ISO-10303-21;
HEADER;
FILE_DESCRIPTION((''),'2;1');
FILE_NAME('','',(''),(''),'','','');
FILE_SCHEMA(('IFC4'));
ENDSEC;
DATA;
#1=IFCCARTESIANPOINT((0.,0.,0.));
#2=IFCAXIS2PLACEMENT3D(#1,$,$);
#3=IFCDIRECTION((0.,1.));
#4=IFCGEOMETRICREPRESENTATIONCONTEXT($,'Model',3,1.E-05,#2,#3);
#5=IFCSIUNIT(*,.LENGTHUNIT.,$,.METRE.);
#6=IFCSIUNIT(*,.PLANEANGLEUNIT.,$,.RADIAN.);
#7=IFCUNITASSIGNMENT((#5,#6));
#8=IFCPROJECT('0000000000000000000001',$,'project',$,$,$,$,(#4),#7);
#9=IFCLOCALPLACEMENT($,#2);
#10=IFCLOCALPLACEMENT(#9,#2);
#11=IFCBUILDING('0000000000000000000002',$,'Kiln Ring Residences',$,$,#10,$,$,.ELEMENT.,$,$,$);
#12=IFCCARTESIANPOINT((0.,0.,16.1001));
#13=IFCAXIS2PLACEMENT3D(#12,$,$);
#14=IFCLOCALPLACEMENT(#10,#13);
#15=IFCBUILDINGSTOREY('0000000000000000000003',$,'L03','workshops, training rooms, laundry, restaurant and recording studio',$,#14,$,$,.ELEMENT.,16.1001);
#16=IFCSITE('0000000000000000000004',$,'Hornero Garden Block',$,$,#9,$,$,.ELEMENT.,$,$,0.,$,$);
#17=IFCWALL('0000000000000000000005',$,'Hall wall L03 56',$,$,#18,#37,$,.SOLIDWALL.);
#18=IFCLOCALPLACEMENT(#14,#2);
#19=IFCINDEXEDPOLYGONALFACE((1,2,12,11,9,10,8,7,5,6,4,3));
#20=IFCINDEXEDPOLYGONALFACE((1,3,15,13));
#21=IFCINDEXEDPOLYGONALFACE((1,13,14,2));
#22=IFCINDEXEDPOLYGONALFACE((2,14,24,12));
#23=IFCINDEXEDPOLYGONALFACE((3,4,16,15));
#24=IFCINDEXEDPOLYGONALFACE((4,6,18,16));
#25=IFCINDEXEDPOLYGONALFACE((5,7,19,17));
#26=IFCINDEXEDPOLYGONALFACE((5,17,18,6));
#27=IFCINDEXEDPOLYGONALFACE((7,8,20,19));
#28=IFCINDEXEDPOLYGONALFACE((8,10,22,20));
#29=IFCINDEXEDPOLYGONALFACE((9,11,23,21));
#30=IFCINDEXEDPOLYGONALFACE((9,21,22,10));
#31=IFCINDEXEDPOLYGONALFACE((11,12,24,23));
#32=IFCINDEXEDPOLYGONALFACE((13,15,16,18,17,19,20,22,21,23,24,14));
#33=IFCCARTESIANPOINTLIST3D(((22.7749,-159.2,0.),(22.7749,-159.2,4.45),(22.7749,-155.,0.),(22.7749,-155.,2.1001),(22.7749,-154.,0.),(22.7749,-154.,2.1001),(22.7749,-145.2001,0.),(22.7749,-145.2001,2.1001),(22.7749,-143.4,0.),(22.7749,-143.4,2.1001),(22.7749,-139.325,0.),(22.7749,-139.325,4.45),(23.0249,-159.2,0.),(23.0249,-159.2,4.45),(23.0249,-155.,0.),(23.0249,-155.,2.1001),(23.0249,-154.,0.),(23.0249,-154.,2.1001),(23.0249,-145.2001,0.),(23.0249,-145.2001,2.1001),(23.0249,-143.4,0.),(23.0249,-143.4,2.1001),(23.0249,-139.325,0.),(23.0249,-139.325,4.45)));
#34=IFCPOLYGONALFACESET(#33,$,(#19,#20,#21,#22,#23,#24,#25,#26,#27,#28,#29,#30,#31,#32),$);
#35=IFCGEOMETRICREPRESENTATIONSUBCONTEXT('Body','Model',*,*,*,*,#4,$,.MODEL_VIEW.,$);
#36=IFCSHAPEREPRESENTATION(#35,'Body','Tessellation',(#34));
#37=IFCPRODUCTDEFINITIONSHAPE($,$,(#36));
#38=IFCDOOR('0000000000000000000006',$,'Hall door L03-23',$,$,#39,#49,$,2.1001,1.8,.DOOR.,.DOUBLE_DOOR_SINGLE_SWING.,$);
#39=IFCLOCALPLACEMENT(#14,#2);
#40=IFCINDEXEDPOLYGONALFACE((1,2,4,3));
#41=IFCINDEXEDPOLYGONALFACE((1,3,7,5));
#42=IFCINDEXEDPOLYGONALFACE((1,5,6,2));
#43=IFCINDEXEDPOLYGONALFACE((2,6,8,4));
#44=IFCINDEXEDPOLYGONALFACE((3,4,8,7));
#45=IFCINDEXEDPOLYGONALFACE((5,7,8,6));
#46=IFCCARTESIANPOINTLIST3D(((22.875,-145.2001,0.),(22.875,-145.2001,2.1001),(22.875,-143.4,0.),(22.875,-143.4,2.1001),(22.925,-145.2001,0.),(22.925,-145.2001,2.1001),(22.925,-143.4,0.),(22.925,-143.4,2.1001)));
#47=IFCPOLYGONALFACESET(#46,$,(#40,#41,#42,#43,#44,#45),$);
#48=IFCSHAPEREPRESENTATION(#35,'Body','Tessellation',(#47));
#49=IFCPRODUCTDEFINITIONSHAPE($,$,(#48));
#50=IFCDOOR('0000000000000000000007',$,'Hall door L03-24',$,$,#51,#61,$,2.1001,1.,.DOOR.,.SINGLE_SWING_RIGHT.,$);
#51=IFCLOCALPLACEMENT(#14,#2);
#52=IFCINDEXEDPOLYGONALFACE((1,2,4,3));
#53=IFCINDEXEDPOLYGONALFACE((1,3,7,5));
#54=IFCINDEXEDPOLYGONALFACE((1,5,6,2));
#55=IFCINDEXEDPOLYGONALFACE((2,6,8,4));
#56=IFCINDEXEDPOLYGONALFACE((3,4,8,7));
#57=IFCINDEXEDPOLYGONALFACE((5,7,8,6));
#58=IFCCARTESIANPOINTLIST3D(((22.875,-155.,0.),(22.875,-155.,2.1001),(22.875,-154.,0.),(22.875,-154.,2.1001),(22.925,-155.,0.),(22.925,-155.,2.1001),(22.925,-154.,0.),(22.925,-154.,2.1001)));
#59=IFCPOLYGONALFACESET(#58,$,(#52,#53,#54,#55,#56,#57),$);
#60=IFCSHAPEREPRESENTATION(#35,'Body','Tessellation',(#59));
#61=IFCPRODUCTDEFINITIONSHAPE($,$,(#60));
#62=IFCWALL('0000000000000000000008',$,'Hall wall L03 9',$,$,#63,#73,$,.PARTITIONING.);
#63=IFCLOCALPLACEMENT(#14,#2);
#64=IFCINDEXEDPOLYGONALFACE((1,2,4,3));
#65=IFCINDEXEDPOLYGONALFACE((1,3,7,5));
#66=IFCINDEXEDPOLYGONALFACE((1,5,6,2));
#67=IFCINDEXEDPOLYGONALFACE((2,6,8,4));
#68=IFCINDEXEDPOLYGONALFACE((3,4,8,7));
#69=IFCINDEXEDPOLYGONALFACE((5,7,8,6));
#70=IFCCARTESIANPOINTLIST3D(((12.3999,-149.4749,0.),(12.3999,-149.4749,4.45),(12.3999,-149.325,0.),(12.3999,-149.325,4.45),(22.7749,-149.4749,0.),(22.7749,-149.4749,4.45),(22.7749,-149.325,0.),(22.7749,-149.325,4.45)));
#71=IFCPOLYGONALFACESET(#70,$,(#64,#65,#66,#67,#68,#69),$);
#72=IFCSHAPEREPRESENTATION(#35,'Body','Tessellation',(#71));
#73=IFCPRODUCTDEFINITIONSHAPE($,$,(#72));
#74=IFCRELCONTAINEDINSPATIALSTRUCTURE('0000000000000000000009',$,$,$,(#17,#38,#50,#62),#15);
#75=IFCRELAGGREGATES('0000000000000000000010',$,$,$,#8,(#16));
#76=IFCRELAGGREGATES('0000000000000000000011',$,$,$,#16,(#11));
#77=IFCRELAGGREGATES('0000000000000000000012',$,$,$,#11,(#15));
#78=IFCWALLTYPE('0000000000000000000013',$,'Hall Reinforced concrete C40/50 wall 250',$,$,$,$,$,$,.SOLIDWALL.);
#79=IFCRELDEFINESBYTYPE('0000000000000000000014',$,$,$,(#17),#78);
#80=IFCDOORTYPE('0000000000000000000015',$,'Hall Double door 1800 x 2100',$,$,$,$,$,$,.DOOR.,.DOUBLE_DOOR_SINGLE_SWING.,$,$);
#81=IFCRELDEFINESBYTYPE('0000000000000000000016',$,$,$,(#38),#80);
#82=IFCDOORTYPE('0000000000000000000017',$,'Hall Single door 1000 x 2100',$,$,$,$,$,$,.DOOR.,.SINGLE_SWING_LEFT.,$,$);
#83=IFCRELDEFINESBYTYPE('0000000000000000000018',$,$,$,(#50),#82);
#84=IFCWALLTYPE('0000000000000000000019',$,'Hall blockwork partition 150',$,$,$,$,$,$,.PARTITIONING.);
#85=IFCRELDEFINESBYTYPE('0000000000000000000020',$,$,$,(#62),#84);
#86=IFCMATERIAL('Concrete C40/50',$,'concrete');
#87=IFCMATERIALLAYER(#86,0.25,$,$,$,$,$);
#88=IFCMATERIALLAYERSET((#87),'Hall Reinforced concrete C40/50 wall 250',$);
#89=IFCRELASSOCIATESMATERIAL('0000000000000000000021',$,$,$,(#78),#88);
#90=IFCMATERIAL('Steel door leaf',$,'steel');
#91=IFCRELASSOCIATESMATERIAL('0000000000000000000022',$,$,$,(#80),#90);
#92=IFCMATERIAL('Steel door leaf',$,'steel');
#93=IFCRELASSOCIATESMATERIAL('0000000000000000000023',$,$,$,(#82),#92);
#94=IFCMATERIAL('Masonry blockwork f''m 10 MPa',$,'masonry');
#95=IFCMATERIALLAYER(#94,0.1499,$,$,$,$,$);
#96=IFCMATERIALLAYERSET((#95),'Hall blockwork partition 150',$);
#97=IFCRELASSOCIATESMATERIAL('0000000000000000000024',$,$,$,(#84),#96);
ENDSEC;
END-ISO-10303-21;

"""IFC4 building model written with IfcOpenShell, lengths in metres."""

from ifc_helpers import new_model, si_unit, direction, frame, frame_2d, origin, place, context, subcontext, project, spatial, rectangle, extrude, material, layer, layer_set, type_object, element, fill, save


model = new_model("IFC4")

# Units and contexts
model_context = context("Model", 3, precision=1e-05, world=origin(), true_north=direction((0.0, 1.0)))
body_context = subcontext(model_context, "Body", "Model", "MODEL_VIEW")
ifc_project = project(units=[si_unit("LENGTHUNIT", "METRE"), si_unit("PLANEANGLEUNIT", "RADIAN")], contexts=[model_context])

# Site, building, storey
site_placement = place(None, origin())
site = spatial("IfcSite", under=ifc_project, at=site_placement, Name="Hornero Garden Block", CompositionType="ELEMENT", RefElevation=0.0)
building_placement = place(site_placement, origin())
building = spatial("IfcBuilding", under=site, at=building_placement, Name="Kiln Ring Residences", CompositionType="ELEMENT")
storey_placement = place(building_placement, frame((0.0, 0.0, 16.1001)))
storey = spatial("IfcBuildingStorey", under=building, at=storey_placement, Name="L03", Description="workshops, training rooms, laundry, restaurant and recording studio", CompositionType="ELEMENT", Elevation=16.1001)

# Wall, openings, doors
ifc_material_1 = material(Name="Concrete C40/50", Category="concrete")
ifc_layer_1 = layer(ifc_material_1, 0.25)
ifc_layer_set_1 = layer_set([ifc_layer_1], Name="Hall Reinforced concrete C40/50 wall 250")
wall_type_1 = type_object("IfcWallType", Name="Hall Reinforced concrete C40/50 wall 250", PredefinedType="SOLIDWALL", material=ifc_layer_set_1)
wall_1_placement = place(storey_placement, frame((22.8999, -159.2, 0.0), z_axis=(0.0, 0.0, 1.0), x_axis=(0.0, 1.0, 0.0)))
wall_1 = element("IfcWall", 1, at=wall_1_placement, inside=storey, type_object=wall_type_1, Name="Hall wall L03 56", PredefinedType="SOLIDWALL", context=body_context, shape_type="SweptSolid", body=[
    extrude(rectangle(XDim=19.875, YDim=0.25, at=frame_2d((9.9375, 0.0))), origin(), (0.0, 0.0, 1.0), 4.45),
])
opening_1_placement = place(wall_1_placement, frame((14.0, 0.0, 0.0)))
opening_1 = element("IfcOpeningElement", 2, at=opening_1_placement, cuts=wall_1, PredefinedType="OPENING", context=body_context, shape_type="SweptSolid", body=[
    extrude(rectangle(XDim=1.8, YDim=2.1001, at=frame_2d((0.8999, 1.05))), frame((0.0, 0.135, 0.0), z_axis=(0.0, -1.0, 0.0), x_axis=(1.0, 0.0, 0.0)), (0.0, 0.0, 1.0), 0.27),
])
opening_2_placement = place(wall_1_placement, frame((4.2, 0.0, 0.0)))
opening_2 = element("IfcOpeningElement", 3, at=opening_2_placement, cuts=wall_1, PredefinedType="OPENING", context=body_context, shape_type="SweptSolid", body=[
    extrude(rectangle(XDim=1.0, YDim=2.1001, at=frame_2d((0.5, 1.05))), frame((0.0, 0.135, 0.0), z_axis=(0.0, -1.0, 0.0), x_axis=(1.0, 0.0, 0.0)), (0.0, 0.0, 1.0), 0.27),
])
ifc_material_2 = material(Name="Steel door leaf", Category="steel")
door_type_1 = type_object("IfcDoorType", Name="Hall Double door 1800 x 2100", OperationType="DOUBLE_DOOR_SINGLE_SWING", PredefinedType="DOOR", material=ifc_material_2)
door_1_placement = place(opening_1_placement, origin())
door_1 = element("IfcDoor", 4, at=door_1_placement, inside=storey, type_object=door_type_1, Name="Hall door L03-23", OperationType="DOUBLE_DOOR_SINGLE_SWING", OverallHeight=2.1001, OverallWidth=1.8, PredefinedType="DOOR", context=body_context, shape_type="SweptSolid", body=[
    extrude(rectangle(XDim=1.8, YDim=2.1001, at=frame_2d((0.8999, 1.05))), frame((0.0, 0.0249, 0.0), z_axis=(0.0, -1.0, 0.0), x_axis=(1.0, 0.0, 0.0)), (0.0, 0.0, 1.0), 0.05),
])
fill(opening_1, door_1)
ifc_material_3 = material(Name="Steel door leaf", Category="steel")
door_type_2 = type_object("IfcDoorType", Name="Hall Single door 1000 x 2100", OperationType="SINGLE_SWING_LEFT", PredefinedType="DOOR", material=ifc_material_3)
door_2_placement = place(opening_2_placement, origin())
door_2 = element("IfcDoor", 5, at=door_2_placement, inside=storey, type_object=door_type_2, Name="Hall door L03-24", OperationType="SINGLE_SWING_RIGHT", OverallHeight=2.1001, OverallWidth=1.0, PredefinedType="DOOR", context=body_context, shape_type="SweptSolid", body=[
    extrude(rectangle(XDim=1.0, YDim=2.1001, at=frame_2d((0.5, 1.05))), frame((0.0, 0.0249, 0.0), z_axis=(0.0, -1.0, 0.0), x_axis=(1.0, 0.0, 0.0)), (0.0, 0.0, 1.0), 0.05),
])
fill(opening_2, door_2)

# Wall
ifc_material_4 = material(Name="Masonry blockwork f'm 10 MPa", Category="masonry")
ifc_layer_2 = layer(ifc_material_4, 0.1499)
ifc_layer_set_2 = layer_set([ifc_layer_2], Name="Hall blockwork partition 150")
wall_type_2 = type_object("IfcWallType", Name="Hall blockwork partition 150", PredefinedType="PARTITIONING", material=ifc_layer_set_2)
wall_2_placement = place(storey_placement, frame((12.3999, -149.3999, 0.0), z_axis=(0.0, 0.0, 1.0), x_axis=(1.0, 0.0, 0.0)))
element("IfcWall", 6, at=wall_2_placement, inside=storey, type_object=wall_type_2, Name="Hall wall L03 9", PredefinedType="PARTITIONING", context=body_context, shape_type="SweptSolid", body=[
    extrude(rectangle(XDim=10.375, YDim=0.1499, at=frame_2d((5.1875, 0.0))), origin(), (0.0, 0.0, 1.0), 4.45),
])

save(model, "model.ifc")
